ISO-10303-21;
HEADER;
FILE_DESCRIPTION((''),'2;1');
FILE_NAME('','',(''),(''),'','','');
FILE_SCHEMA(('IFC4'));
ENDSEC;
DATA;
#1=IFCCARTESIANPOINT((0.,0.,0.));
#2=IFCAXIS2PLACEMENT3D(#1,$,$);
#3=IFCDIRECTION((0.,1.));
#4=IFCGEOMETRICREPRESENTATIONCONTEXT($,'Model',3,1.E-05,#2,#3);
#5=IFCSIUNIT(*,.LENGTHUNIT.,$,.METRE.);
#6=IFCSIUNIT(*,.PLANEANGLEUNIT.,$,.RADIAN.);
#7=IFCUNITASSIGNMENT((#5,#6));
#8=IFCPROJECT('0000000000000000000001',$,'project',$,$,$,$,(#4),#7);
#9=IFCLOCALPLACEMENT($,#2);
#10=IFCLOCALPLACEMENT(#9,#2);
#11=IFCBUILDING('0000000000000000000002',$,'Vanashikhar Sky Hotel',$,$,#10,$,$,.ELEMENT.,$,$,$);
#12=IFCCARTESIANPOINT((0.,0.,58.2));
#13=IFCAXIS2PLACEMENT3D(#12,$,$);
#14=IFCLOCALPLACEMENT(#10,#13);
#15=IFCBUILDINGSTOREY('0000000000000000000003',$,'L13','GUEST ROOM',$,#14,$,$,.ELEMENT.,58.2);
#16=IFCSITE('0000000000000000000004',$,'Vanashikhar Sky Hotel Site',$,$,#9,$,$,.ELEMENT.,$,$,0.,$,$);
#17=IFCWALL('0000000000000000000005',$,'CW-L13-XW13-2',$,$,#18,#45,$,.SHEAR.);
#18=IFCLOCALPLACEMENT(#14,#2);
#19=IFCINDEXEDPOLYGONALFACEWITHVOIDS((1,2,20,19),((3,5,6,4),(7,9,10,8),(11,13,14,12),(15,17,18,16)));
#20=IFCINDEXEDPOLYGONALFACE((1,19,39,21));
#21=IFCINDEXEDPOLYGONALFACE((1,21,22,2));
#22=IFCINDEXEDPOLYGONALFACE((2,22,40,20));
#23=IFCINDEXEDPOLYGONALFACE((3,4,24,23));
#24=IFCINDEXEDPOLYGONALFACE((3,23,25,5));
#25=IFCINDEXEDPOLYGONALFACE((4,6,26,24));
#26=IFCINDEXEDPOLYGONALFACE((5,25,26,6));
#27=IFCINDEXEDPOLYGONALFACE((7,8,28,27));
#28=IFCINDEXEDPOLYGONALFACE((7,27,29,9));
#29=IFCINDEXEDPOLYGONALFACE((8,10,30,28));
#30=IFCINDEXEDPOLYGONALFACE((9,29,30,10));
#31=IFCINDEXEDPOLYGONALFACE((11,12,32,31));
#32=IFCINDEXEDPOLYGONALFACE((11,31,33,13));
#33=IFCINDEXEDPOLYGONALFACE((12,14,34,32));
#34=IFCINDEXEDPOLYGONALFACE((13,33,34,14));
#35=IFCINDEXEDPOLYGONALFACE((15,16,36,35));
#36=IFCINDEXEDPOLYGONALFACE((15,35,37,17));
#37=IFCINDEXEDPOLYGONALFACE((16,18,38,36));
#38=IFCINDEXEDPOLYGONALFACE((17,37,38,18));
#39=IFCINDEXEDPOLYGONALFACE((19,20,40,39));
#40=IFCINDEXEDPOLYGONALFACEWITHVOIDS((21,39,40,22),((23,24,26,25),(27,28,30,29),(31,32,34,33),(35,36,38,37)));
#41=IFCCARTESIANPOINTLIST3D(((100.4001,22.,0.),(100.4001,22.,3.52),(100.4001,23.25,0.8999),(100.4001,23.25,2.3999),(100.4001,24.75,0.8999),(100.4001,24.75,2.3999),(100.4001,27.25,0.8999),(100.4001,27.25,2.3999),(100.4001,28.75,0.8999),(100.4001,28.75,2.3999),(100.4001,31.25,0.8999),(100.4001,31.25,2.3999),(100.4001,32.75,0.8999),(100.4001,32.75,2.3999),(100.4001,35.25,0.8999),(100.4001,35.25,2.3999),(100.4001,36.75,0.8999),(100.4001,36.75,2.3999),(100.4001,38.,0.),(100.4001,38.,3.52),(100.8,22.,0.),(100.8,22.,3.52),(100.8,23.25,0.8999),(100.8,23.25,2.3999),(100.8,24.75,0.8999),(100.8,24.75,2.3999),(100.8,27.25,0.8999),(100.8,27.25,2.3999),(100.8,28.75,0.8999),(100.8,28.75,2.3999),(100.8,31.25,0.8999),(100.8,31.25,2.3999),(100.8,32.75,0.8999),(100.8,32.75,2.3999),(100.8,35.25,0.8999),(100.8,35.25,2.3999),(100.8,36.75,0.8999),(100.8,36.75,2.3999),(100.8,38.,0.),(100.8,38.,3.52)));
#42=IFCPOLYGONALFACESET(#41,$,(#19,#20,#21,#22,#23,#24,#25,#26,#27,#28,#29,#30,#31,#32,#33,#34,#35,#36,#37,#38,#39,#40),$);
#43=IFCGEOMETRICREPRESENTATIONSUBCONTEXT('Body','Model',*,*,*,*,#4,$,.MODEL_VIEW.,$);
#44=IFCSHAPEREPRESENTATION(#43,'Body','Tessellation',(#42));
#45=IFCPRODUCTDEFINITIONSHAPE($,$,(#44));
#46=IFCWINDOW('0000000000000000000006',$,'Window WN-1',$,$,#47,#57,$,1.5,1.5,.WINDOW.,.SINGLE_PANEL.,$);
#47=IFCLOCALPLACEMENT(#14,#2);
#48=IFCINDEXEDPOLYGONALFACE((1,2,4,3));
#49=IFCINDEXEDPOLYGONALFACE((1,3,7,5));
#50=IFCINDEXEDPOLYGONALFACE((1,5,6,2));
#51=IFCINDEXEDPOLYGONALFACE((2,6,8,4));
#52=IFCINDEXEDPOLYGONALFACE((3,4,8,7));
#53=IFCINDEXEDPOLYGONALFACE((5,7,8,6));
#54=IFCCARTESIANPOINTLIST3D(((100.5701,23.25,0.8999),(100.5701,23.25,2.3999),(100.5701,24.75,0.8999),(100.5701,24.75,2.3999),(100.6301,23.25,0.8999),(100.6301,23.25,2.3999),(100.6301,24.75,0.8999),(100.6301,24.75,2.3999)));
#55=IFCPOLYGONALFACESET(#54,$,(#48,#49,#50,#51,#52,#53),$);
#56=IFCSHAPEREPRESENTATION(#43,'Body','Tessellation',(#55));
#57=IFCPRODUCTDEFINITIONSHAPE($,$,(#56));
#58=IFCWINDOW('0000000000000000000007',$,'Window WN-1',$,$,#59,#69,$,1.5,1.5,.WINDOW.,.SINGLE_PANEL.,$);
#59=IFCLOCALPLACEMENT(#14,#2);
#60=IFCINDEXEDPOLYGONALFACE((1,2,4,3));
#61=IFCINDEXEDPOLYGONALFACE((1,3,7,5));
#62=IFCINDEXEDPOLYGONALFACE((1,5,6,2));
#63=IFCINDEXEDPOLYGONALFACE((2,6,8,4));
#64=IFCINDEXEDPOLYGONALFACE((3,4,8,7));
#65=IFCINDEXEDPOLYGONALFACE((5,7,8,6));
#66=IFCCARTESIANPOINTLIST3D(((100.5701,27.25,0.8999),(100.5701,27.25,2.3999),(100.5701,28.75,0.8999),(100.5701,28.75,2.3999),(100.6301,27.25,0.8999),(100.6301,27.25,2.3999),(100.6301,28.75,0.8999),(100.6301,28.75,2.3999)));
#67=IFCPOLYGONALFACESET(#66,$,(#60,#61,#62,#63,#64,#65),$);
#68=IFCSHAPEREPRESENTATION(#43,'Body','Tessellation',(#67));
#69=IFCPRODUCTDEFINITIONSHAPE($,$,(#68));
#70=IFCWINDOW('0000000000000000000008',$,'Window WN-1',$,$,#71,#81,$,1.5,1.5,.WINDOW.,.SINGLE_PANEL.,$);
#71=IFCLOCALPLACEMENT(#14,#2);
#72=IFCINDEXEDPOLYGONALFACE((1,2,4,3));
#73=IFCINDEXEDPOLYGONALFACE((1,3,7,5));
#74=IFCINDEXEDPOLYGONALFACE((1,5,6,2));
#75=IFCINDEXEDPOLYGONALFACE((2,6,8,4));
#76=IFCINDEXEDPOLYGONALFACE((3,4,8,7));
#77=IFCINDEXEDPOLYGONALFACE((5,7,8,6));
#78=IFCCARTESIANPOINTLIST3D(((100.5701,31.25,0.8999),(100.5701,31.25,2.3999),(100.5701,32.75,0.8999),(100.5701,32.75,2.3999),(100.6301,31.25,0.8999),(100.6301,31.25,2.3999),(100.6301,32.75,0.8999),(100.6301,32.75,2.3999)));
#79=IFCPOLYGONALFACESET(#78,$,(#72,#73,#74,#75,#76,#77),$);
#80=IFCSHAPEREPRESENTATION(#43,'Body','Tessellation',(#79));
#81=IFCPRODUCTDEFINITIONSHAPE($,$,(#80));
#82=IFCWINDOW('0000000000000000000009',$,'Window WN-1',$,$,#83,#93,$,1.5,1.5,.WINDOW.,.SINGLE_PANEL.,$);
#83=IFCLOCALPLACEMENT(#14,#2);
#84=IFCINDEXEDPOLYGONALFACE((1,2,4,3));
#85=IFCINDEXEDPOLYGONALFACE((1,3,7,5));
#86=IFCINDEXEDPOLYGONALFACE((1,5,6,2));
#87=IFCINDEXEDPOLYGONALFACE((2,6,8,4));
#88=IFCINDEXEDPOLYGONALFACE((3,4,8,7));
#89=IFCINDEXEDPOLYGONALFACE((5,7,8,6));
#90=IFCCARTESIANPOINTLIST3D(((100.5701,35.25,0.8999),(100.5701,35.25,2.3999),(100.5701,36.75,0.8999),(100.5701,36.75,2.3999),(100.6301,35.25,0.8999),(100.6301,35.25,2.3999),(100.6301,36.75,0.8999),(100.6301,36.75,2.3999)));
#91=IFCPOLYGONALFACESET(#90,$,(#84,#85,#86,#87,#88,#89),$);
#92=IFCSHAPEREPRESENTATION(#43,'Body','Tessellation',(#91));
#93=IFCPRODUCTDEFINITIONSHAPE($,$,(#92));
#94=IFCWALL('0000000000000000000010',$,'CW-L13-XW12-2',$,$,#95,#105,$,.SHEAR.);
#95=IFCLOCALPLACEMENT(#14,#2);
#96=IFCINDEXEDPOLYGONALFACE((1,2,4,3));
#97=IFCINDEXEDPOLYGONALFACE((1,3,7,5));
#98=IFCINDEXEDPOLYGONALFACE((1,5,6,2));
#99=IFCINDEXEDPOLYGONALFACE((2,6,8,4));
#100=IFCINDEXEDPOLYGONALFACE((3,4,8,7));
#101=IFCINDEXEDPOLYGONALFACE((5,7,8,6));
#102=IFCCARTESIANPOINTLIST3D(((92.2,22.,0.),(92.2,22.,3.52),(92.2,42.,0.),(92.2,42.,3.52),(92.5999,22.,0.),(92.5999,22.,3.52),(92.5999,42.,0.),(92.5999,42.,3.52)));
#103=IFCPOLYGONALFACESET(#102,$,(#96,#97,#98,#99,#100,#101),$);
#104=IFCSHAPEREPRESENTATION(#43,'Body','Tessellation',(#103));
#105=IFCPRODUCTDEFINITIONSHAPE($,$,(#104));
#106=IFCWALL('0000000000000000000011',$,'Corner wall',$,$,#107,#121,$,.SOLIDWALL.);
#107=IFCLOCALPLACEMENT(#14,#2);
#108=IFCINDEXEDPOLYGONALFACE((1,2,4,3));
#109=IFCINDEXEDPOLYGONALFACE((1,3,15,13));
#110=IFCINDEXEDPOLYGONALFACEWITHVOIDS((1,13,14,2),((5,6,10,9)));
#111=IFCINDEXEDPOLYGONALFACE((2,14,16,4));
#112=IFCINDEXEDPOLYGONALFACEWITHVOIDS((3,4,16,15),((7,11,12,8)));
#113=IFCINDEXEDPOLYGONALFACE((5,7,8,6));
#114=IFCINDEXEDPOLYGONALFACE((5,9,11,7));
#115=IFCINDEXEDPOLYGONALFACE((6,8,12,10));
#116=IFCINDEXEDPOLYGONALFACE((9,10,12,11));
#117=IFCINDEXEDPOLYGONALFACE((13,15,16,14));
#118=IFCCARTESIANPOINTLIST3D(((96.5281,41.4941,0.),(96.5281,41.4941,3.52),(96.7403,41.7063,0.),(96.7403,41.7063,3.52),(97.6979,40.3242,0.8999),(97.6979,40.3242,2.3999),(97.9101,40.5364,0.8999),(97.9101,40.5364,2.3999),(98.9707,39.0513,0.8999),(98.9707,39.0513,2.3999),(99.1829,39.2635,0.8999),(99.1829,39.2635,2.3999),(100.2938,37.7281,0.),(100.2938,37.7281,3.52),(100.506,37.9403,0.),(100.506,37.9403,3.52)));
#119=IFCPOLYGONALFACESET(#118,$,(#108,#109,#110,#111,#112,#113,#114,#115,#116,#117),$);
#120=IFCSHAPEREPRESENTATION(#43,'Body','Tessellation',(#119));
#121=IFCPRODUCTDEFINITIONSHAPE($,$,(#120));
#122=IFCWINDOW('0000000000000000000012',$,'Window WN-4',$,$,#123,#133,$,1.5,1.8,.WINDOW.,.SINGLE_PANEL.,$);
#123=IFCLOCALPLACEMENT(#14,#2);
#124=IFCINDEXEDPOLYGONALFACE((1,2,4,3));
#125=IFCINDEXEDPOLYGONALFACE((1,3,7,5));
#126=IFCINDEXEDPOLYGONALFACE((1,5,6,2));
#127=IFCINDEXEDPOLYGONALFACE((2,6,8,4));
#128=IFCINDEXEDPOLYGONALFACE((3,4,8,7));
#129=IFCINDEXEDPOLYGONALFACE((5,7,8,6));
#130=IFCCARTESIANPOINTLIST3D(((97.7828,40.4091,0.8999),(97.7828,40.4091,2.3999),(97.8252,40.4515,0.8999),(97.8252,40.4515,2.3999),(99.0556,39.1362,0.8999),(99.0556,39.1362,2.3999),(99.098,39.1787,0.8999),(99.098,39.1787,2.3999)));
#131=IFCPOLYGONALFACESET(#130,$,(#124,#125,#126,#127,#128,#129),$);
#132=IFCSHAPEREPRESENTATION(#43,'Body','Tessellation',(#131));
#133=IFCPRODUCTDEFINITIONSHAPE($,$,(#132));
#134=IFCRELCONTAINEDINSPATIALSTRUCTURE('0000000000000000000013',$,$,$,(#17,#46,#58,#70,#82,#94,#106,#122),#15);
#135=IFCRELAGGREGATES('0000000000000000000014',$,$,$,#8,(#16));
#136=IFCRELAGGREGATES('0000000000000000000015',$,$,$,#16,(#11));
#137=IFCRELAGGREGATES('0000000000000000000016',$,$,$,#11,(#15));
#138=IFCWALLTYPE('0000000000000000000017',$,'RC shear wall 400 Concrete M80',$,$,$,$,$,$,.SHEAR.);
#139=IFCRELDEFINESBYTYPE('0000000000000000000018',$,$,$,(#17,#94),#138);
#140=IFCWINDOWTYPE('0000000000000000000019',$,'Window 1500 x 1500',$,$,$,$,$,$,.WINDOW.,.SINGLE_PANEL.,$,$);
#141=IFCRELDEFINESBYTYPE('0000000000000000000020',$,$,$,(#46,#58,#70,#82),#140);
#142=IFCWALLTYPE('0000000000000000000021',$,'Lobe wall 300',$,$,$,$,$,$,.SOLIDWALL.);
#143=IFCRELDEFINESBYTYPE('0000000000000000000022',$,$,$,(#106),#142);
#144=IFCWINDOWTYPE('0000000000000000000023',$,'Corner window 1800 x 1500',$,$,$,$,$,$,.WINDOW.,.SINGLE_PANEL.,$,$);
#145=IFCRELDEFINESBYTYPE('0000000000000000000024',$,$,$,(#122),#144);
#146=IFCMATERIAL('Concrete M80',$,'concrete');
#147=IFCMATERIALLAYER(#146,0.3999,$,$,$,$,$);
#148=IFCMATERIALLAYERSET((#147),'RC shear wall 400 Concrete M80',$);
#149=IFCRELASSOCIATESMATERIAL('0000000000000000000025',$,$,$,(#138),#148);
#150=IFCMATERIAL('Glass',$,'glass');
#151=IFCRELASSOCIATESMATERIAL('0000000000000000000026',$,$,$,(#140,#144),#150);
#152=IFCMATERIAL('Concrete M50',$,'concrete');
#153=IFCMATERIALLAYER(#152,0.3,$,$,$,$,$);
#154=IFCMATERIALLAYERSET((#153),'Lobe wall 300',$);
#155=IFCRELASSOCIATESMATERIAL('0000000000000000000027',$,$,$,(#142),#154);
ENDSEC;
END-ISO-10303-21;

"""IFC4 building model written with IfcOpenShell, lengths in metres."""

from ifc_helpers import new_model, si_unit, direction, frame, frame_2d, origin, place, context, subcontext, project, spatial, rectangle, extrude, source, transform, mapped, material, layer, layer_set, type_object, element, fill, save


model = new_model("IFC4")

# Units and contexts
model_context = context("Model", 3, precision=1e-05, world=origin(), true_north=direction((0.0, 1.0)))
body_context = subcontext(model_context, "Body", "Model", "MODEL_VIEW")
ifc_project = project(units=[si_unit("LENGTHUNIT", "METRE"), si_unit("PLANEANGLEUNIT", "RADIAN")], contexts=[model_context])

# Site, building, storey
site_placement = place(None, origin())
site = spatial("IfcSite", under=ifc_project, at=site_placement, Name="Vanashikhar Sky Hotel Site", CompositionType="ELEMENT", RefElevation=0.0)
building_placement = place(site_placement, origin())
building = spatial("IfcBuilding", under=site, at=building_placement, Name="Vanashikhar Sky Hotel", CompositionType="ELEMENT")
storey_placement = place(building_placement, frame((0.0, 0.0, 58.2)))
storey = spatial("IfcBuildingStorey", under=building, at=storey_placement, Name="L13", Description="GUEST ROOM", CompositionType="ELEMENT", Elevation=58.2)

# Shared definitions
ifc_material_1 = material(Name="Concrete M50", Category="concrete")

# Wall, openings, windows
ifc_material_2 = material(Name="Concrete M80", Category="concrete")
ifc_layer_1 = layer(ifc_material_2, 0.3999)
ifc_layer_set_1 = layer_set([ifc_layer_1], Name="RC shear wall 400 Concrete M80")
wall_type_1 = type_object("IfcWallType", Name="RC shear wall 400 Concrete M80", PredefinedType="SHEAR", material=ifc_layer_set_1)
shared_shape_1 = source(origin(), body_context, "Body", "SweptSolid", [
    extrude(rectangle(XDim=16.0, YDim=0.3999, at=frame_2d((8.0, 0.0))), origin(), (0.0, 0.0, 1.0), 3.52),
])
wall_1_placement = place(storey_placement, frame((100.6001, 22.0, 0.0), z_axis=(0.0, 0.0, 1.0), x_axis=(0.0, 1.0, 0.0)))
wall_1 = element("IfcWall", 1, at=wall_1_placement, inside=storey, type_object=wall_type_1, Name="CW-L13-XW13-2", PredefinedType="SHEAR", context=body_context, shape_type="MappedRepresentation", body=[
    mapped(shared_shape_1, transform((0.0, 0.0, 0.0), scale=1.0)),
])
shared_shape_2 = source(origin(), body_context, "Body", "SweptSolid", [
    extrude(rectangle(XDim=1.5, YDim=1.5, at=frame_2d((0.75, 0.75))), frame((0.0, 0.21, 0.0), z_axis=(0.0, -1.0, 0.0), x_axis=(1.0, 0.0, 0.0)), (0.0, 0.0, 1.0), 0.4199),
])
opening_1_placement = place(wall_1_placement, frame((1.25, 0.0, 0.8999)))
opening_1 = element("IfcOpeningElement", 2, at=opening_1_placement, cuts=wall_1, PredefinedType="OPENING", context=body_context, shape_type="MappedRepresentation", body=[
    mapped(shared_shape_2, transform((0.0, 0.0, 0.0), scale=1.0)),
])
opening_2_placement = place(wall_1_placement, frame((5.25, 0.0, 0.8999)))
opening_2 = element("IfcOpeningElement", 3, at=opening_2_placement, cuts=wall_1, PredefinedType="OPENING", context=body_context, shape_type="MappedRepresentation", body=[
    mapped(shared_shape_2, transform((0.0, 0.0, 0.0), scale=1.0)),
])
opening_3_placement = place(wall_1_placement, frame((9.25, 0.0, 0.8999)))
opening_3 = element("IfcOpeningElement", 4, at=opening_3_placement, cuts=wall_1, PredefinedType="OPENING", context=body_context, shape_type="MappedRepresentation", body=[
    mapped(shared_shape_2, transform((0.0, 0.0, 0.0), scale=1.0)),
])
opening_4_placement = place(wall_1_placement, frame((13.25, 0.0, 0.8999)))
opening_4 = element("IfcOpeningElement", 5, at=opening_4_placement, cuts=wall_1, PredefinedType="OPENING", context=body_context, shape_type="MappedRepresentation", body=[
    mapped(shared_shape_2, transform((0.0, 0.0, 0.0), scale=1.0)),
])
ifc_material_3 = material(Name="Glass", Category="glass")
window_type_1 = type_object("IfcWindowType", Name="Window 1500 x 1500", PartitioningType="SINGLE_PANEL", PredefinedType="WINDOW", material=ifc_material_3)
shared_shape_3 = source(origin(), body_context, "Body", "SweptSolid", [
    extrude(rectangle(XDim=1.5, YDim=1.5, at=frame_2d((0.75, 0.75))), frame((0.0, 0.03, 0.0), z_axis=(0.0, -1.0, 0.0), x_axis=(1.0, 0.0, 0.0)), (0.0, 0.0, 1.0), 0.0601),
])
window_1_placement = place(opening_1_placement, origin())
window_1 = element("IfcWindow", 6, at=window_1_placement, inside=storey, type_object=window_type_1, Name="Window WN-1", OverallHeight=1.5, OverallWidth=1.5, PartitioningType="SINGLE_PANEL", PredefinedType="WINDOW", context=body_context, shape_type="MappedRepresentation", body=[
    mapped(shared_shape_3, transform((0.0, 0.0, 0.0), scale=1.0)),
])
fill(opening_1, window_1)
window_2_placement = place(opening_2_placement, origin())
window_2 = element("IfcWindow", 7, at=window_2_placement, inside=storey, type_object=window_type_1, Name="Window WN-1", OverallHeight=1.5, OverallWidth=1.5, PartitioningType="SINGLE_PANEL", PredefinedType="WINDOW", context=body_context, shape_type="MappedRepresentation", body=[
    mapped(shared_shape_3, transform((0.0, 0.0, 0.0), scale=1.0)),
])
fill(opening_2, window_2)
window_3_placement = place(opening_3_placement, origin())
window_3 = element("IfcWindow", 8, at=window_3_placement, inside=storey, type_object=window_type_1, Name="Window WN-1", OverallHeight=1.5, OverallWidth=1.5, PartitioningType="SINGLE_PANEL", PredefinedType="WINDOW", context=body_context, shape_type="MappedRepresentation", body=[
    mapped(shared_shape_3, transform((0.0, 0.0, 0.0), scale=1.0)),
])
fill(opening_3, window_3)
window_4_placement = place(opening_4_placement, origin())
window_4 = element("IfcWindow", 9, at=window_4_placement, inside=storey, type_object=window_type_1, Name="Window WN-1", OverallHeight=1.5, OverallWidth=1.5, PartitioningType="SINGLE_PANEL", PredefinedType="WINDOW", context=body_context, shape_type="MappedRepresentation", body=[
    mapped(shared_shape_3, transform((0.0, 0.0, 0.0), scale=1.0)),
])
fill(opening_4, window_4)

# Wall
shared_shape_4 = source(origin(), body_context, "Body", "SweptSolid", [
    extrude(rectangle(XDim=20.0, YDim=0.3999, at=frame_2d((10.0, 0.0))), origin(), (0.0, 0.0, 1.0), 3.52),
])
wall_2_placement = place(storey_placement, frame((92.3999, 22.0, 0.0), z_axis=(0.0, 0.0, 1.0), x_axis=(0.0, 1.0, 0.0)))
element("IfcWall", 10, at=wall_2_placement, inside=storey, type_object=wall_type_1, Name="CW-L13-XW12-2", PredefinedType="SHEAR", context=body_context, shape_type="MappedRepresentation", body=[
    mapped(shared_shape_4, transform((0.0, 0.0, 0.0), scale=1.0)),
])

# Wall, opening, window
ifc_layer_2 = layer(ifc_material_1, 0.3)
ifc_layer_set_2 = layer_set([ifc_layer_2], Name="Lobe wall 300")
wall_type_2 = type_object("IfcWallType", Name="Lobe wall 300", PredefinedType="SOLIDWALL", material=ifc_layer_set_2)
shared_shape_5 = source(origin(), body_context, "Body", "SweptSolid", [
    extrude(rectangle(XDim=5.3257, YDim=0.3, at=frame_2d((2.6628, 0.0))), origin(), (0.0, 0.0, 1.0), 3.52),
])
wall_3_placement = place(storey_placement, frame((100.3999, 37.8342, 0.0), z_axis=(0.0, 0.0, 1.0), x_axis=(-0.707084, 0.70713, 0.0)))
wall_3 = element("IfcWall", 11, at=wall_3_placement, inside=storey, type_object=wall_type_2, Name="Corner wall", PredefinedType="SOLIDWALL", context=body_context, shape_type="MappedRepresentation", body=[
    mapped(shared_shape_5, transform((0.0, 0.0, 0.0), scale=1.0)),
])
shared_shape_6 = source(origin(), body_context, "Body", "SweptSolid", [
    extrude(rectangle(XDim=1.8, YDim=1.5, at=frame_2d((0.8999, 0.75))), frame((0.0, 0.1602, 0.0), z_axis=(0.0, -1.0, 0.0), x_axis=(1.0, 0.0, 0.0)), (0.0, 0.0, 1.0), 0.3201),
])
opening_5_placement = place(wall_3_placement, frame((1.8713, 0.0, 0.8999)))
opening_5 = element("IfcOpeningElement", 12, at=opening_5_placement, cuts=wall_3, PredefinedType="OPENING", context=body_context, shape_type="MappedRepresentation", body=[
    mapped(shared_shape_6, transform((0.0, 0.0, 0.0), scale=1.0)),
])
window_type_2 = type_object("IfcWindowType", Name="Corner window 1800 x 1500", PartitioningType="SINGLE_PANEL", PredefinedType="WINDOW", material=ifc_material_3)
shared_shape_7 = source(origin(), body_context, "Body", "SweptSolid", [
    extrude(rectangle(XDim=1.8, YDim=1.5, at=frame_2d((0.8999, 0.75))), frame((0.0, 0.03, 0.0), z_axis=(0.0, -1.0, 0.0), x_axis=(1.0, 0.0, 0.0)), (0.0, 0.0, 1.0), 0.0601),
])
window_5_placement = place(opening_5_placement, origin())
window_5 = element("IfcWindow", 13, at=window_5_placement, inside=storey, type_object=window_type_2, Name="Window WN-4", OverallHeight=1.5, OverallWidth=1.8, PartitioningType="SINGLE_PANEL", PredefinedType="WINDOW", context=body_context, shape_type="MappedRepresentation", body=[
    mapped(shared_shape_7, transform((0.0, 0.0, 0.0), scale=1.0)),
])
fill(opening_5, window_5)

save(model, "model.ifc")
